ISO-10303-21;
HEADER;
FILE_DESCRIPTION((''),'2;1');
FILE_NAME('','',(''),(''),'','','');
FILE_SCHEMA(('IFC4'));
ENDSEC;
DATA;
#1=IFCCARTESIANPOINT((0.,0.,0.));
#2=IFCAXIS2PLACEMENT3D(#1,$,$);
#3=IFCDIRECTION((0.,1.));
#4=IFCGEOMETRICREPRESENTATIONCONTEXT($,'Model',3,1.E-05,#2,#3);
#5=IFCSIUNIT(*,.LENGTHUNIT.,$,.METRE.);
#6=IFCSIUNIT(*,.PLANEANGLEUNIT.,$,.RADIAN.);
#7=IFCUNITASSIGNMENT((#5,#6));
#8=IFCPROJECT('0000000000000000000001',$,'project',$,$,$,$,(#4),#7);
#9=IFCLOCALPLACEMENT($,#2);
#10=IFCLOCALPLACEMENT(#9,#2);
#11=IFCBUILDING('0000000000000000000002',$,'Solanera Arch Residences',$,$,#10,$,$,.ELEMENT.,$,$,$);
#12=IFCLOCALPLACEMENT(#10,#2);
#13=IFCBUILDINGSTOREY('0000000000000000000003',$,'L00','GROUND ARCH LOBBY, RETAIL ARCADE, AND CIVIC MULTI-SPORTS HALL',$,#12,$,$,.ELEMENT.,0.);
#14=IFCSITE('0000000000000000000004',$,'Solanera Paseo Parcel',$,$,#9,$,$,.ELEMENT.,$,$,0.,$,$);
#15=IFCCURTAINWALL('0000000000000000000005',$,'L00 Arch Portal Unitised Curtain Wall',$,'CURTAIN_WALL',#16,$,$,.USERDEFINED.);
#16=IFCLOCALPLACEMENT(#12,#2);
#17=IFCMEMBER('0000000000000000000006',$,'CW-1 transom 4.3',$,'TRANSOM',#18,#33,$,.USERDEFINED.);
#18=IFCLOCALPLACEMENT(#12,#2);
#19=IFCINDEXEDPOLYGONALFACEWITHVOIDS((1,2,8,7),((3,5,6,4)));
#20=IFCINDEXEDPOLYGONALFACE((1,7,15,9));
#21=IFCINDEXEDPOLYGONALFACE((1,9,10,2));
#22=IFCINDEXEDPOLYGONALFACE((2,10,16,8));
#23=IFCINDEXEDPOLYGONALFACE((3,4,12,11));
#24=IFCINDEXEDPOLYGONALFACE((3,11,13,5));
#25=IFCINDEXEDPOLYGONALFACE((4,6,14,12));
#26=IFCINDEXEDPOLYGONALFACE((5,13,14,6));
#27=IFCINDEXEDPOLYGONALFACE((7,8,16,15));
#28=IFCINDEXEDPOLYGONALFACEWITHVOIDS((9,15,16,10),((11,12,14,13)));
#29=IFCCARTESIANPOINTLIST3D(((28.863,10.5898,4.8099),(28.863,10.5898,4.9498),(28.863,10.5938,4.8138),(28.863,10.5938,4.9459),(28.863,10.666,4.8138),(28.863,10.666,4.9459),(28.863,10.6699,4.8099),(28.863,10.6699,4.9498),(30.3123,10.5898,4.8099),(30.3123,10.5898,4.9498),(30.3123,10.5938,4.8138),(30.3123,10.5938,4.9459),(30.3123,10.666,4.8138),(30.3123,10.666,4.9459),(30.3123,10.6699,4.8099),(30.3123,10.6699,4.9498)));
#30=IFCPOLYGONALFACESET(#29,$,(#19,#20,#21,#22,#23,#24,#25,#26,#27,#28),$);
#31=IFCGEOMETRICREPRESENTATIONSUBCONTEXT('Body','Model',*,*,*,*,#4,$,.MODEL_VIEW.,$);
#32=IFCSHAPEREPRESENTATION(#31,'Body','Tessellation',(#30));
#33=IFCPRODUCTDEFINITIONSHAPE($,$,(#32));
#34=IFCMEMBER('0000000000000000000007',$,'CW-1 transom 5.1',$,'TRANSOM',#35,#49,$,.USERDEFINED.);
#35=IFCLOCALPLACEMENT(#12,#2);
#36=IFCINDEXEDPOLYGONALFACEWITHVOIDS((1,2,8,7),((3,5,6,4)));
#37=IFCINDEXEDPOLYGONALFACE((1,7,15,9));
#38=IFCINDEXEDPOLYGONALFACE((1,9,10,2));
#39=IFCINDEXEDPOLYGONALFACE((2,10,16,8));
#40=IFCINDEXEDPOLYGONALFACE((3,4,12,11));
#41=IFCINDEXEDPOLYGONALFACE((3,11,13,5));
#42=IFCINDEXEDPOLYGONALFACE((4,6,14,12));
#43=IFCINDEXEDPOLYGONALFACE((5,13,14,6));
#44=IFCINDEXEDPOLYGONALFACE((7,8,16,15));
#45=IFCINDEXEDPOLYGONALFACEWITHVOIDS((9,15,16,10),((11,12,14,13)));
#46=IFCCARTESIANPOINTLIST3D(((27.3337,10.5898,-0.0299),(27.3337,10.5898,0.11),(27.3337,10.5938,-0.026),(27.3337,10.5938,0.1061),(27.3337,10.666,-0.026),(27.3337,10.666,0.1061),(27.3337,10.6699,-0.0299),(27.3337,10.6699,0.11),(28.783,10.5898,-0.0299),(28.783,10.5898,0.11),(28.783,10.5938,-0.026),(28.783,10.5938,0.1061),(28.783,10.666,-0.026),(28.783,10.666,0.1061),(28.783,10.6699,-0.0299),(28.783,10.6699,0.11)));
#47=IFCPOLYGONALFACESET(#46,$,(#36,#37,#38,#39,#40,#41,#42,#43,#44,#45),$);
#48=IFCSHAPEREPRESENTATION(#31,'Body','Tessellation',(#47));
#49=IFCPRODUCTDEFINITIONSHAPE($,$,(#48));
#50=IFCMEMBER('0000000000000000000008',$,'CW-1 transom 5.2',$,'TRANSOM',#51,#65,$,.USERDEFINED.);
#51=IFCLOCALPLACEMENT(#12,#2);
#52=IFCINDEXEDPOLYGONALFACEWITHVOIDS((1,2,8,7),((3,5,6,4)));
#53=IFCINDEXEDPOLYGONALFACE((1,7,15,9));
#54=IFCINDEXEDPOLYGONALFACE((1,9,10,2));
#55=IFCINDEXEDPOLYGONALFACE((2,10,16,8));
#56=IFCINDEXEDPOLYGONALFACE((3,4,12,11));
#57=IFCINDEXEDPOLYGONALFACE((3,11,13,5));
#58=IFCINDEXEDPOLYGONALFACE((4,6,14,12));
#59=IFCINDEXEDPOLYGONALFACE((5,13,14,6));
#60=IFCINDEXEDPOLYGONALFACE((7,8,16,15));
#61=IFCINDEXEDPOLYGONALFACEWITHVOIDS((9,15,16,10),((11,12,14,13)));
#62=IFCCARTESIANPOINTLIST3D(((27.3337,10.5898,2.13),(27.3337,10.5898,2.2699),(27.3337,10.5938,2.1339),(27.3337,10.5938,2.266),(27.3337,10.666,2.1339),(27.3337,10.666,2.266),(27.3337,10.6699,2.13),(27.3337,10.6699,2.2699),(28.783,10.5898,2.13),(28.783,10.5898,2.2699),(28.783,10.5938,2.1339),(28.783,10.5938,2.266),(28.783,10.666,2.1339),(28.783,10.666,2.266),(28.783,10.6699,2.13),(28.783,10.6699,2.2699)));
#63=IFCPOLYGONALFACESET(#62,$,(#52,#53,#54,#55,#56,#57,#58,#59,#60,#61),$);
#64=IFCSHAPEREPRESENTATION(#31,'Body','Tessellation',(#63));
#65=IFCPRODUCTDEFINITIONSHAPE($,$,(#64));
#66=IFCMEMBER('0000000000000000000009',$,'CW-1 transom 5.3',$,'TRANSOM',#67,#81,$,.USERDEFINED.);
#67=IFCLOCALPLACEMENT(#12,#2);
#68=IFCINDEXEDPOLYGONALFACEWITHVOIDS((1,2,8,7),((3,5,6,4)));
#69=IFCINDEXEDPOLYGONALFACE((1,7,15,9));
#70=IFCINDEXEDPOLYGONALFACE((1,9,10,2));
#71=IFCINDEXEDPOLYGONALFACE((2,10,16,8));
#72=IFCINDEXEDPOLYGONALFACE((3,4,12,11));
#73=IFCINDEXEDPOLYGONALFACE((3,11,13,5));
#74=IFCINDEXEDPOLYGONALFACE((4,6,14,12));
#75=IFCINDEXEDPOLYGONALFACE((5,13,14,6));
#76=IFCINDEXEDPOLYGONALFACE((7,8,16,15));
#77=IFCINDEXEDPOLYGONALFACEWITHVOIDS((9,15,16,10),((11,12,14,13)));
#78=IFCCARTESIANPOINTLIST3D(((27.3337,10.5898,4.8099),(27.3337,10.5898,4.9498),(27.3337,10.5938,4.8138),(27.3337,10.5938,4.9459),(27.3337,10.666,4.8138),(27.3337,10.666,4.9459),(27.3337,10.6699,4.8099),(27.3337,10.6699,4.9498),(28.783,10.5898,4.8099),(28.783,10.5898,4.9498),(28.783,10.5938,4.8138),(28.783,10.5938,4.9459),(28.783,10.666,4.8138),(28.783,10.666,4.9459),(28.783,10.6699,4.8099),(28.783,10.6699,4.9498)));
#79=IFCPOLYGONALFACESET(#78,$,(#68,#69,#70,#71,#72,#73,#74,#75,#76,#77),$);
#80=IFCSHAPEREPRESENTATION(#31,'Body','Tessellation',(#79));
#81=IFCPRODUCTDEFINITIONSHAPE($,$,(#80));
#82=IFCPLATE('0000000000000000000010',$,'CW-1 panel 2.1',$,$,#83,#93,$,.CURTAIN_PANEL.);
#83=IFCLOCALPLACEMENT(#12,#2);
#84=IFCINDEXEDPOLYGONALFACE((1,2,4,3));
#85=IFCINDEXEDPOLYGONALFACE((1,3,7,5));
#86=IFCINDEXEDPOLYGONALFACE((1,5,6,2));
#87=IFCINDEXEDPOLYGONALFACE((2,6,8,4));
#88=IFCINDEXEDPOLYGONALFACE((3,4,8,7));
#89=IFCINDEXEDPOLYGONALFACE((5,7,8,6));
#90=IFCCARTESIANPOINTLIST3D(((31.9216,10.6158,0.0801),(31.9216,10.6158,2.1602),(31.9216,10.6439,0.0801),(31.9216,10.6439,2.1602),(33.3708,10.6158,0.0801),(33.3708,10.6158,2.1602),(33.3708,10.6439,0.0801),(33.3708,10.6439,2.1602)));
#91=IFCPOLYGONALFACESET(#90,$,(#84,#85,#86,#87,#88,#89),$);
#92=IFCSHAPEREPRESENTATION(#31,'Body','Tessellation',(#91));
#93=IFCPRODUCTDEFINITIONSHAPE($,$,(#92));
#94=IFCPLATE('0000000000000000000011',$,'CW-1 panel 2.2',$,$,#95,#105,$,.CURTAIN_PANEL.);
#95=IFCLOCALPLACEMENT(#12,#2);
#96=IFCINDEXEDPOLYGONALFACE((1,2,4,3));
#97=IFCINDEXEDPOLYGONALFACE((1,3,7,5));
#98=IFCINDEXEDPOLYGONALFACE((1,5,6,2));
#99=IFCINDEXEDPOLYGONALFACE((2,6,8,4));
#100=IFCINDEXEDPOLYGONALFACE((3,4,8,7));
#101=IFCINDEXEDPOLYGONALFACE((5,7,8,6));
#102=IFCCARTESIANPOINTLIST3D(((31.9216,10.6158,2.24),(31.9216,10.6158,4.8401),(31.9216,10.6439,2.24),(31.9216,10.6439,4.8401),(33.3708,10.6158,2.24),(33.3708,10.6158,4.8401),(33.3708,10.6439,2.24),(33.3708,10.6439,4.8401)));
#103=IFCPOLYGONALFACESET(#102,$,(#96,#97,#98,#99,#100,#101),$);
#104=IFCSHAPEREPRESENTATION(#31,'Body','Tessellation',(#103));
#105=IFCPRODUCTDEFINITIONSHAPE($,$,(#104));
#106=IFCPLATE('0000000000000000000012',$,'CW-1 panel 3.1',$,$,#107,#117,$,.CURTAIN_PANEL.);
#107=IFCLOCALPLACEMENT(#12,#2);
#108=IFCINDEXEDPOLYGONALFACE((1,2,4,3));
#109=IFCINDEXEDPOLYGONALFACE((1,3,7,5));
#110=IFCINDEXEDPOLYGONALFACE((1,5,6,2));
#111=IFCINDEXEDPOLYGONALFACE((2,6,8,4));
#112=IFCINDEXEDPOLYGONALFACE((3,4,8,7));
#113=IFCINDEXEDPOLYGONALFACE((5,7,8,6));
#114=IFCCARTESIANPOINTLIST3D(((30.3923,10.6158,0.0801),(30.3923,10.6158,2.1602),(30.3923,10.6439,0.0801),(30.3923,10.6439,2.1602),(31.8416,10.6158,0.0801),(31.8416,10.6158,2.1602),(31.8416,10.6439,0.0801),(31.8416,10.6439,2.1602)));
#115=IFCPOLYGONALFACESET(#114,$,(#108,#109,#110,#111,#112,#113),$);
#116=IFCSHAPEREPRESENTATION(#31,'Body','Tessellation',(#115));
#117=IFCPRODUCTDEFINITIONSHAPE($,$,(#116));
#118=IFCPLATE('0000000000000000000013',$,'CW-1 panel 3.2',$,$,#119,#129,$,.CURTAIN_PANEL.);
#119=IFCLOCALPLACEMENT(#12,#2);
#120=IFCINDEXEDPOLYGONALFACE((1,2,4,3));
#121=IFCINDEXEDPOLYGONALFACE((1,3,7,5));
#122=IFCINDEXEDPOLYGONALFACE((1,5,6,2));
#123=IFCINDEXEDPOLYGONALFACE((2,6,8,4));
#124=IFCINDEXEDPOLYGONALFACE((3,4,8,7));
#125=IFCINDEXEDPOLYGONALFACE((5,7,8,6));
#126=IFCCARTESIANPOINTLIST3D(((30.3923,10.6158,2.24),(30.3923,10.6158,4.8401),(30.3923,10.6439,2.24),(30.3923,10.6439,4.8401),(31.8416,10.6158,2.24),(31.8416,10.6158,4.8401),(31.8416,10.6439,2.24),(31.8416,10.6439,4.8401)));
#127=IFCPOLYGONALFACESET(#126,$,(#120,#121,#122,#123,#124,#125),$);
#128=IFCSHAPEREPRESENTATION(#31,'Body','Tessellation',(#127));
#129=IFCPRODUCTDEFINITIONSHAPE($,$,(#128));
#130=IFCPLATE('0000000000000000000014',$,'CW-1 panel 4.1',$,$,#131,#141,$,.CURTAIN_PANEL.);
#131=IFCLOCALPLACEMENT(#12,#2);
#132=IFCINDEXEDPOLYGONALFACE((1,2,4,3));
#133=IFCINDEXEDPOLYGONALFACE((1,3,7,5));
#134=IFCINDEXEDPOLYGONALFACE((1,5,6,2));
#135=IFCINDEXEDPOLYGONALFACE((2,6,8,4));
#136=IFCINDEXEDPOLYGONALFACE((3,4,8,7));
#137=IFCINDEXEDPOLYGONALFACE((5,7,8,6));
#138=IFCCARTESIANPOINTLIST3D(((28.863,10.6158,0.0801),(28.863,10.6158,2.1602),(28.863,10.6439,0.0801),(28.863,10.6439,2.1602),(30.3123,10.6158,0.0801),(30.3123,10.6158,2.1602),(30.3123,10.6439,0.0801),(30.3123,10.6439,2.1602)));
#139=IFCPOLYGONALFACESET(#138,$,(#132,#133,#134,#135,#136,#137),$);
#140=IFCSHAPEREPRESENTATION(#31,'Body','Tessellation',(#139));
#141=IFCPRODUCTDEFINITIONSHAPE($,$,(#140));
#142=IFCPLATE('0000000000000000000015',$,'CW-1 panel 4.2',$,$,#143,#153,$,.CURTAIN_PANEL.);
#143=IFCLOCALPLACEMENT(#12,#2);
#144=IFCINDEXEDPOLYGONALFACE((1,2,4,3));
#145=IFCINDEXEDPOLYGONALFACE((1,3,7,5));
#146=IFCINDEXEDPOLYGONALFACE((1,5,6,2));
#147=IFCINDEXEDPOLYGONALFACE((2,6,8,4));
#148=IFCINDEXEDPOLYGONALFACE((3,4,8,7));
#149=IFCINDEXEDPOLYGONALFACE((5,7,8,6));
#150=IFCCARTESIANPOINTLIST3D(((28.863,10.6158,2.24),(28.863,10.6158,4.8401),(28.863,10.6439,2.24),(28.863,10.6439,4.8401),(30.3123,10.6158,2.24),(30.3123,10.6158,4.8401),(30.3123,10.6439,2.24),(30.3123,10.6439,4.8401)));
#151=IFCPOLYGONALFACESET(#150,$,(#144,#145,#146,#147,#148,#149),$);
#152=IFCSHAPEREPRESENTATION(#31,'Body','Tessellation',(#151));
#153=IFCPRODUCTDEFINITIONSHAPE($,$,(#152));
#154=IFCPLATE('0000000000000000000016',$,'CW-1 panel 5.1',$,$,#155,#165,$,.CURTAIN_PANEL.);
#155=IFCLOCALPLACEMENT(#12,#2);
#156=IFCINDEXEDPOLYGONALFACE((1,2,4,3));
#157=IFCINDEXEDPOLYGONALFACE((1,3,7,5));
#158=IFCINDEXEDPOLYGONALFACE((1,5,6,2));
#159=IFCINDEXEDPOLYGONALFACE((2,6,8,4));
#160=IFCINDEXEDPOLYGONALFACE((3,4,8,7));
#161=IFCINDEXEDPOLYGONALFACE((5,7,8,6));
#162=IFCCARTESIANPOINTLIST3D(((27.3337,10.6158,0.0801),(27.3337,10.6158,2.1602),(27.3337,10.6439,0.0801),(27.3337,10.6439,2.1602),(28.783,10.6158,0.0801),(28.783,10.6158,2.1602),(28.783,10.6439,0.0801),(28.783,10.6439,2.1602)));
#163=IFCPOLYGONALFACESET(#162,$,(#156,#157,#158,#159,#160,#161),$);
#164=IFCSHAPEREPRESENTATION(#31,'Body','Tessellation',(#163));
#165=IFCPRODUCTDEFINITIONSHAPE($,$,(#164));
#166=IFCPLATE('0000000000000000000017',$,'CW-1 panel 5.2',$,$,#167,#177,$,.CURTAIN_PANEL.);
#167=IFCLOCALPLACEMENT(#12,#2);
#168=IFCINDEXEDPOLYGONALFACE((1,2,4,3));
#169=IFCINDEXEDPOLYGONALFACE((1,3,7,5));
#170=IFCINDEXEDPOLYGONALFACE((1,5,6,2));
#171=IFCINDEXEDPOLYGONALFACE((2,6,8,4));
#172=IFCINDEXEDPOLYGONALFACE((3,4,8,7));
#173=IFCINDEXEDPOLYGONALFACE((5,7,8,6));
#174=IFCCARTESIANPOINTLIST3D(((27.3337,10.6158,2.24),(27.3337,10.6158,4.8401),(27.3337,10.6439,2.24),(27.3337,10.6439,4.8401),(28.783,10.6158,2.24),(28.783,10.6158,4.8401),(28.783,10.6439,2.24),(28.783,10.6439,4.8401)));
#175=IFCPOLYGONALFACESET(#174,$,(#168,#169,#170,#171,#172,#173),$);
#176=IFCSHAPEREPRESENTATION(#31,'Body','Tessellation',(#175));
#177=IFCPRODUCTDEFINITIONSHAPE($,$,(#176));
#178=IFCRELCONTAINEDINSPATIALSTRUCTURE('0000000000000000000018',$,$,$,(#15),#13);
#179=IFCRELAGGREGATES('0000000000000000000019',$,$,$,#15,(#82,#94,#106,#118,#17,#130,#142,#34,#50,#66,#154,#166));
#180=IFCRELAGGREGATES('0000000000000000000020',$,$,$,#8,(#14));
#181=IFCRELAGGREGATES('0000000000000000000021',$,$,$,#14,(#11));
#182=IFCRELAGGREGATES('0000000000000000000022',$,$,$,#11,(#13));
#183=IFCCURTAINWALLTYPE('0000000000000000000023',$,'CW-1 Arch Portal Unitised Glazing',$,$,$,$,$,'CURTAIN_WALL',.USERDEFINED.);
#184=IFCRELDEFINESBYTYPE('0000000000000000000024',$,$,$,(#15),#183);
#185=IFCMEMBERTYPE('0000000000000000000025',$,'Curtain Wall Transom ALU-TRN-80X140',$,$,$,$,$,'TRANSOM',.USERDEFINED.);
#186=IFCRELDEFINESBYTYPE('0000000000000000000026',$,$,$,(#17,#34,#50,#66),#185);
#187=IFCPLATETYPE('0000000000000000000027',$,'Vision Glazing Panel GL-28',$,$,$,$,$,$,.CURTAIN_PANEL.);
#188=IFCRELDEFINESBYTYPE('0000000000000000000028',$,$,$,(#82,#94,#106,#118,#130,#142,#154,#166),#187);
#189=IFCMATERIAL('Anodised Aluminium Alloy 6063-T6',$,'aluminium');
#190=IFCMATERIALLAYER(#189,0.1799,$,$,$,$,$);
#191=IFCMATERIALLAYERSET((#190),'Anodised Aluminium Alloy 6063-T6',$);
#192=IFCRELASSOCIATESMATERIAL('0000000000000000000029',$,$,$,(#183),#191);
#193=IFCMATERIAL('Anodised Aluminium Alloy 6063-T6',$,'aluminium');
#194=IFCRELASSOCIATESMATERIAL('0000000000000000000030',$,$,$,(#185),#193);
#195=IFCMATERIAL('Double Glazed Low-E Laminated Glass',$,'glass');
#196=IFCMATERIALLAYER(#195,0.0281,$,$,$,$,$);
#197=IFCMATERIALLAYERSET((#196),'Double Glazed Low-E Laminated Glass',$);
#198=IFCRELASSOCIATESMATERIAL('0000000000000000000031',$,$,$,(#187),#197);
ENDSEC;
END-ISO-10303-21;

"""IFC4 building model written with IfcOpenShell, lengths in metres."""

from ifc_helpers import new_model, si_unit, direction, frame, origin, origin_2d, place, context, subcontext, project, spatial, rectangle, hollow_rectangle, extrude, material, layer, layer_set, material_profile, profile_set, type_object, element, aggregate, save


model = new_model("IFC4")

# Units and contexts
model_context = context("Model", 3, precision=1e-05, world=origin(), true_north=direction((0.0, 1.0)))
body_context = subcontext(model_context, "Body", "Model", "MODEL_VIEW")
ifc_project = project(units=[si_unit("LENGTHUNIT", "METRE"), si_unit("PLANEANGLEUNIT", "RADIAN")], contexts=[model_context])

# Site, building, storey
site_placement = place(None, origin())
site = spatial("IfcSite", under=ifc_project, at=site_placement, Name="Solanera Paseo Parcel", CompositionType="ELEMENT", RefElevation=0.0)
building_placement = place(site_placement, origin())
building = spatial("IfcBuilding", under=site, at=building_placement, Name="Solanera Arch Residences", CompositionType="ELEMENT")
storey_placement = place(building_placement, origin())
storey = spatial("IfcBuildingStorey", under=building, at=storey_placement, Name="L00", Description="GROUND ARCH LOBBY, RETAIL ARCADE, AND CIVIC MULTI-SPORTS HALL", CompositionType="ELEMENT", Elevation=0.0)

# Curtain wall, members, plates
ifc_material_1 = material(Name="Anodised Aluminium Alloy 6063-T6", Category="aluminium")
ifc_layer_1 = layer(ifc_material_1, 0.1799)
ifc_layer_set_1 = layer_set([ifc_layer_1], Name="Anodised Aluminium Alloy 6063-T6")
curtain_wall_type = type_object("IfcCurtainWallType", Name="CW-1 Arch Portal Unitised Glazing", ElementType="CURTAIN_WALL", PredefinedType="USERDEFINED", material=ifc_layer_set_1)
curtain_wall_placement = place(storey_placement, origin())
curtain_wall = element("IfcCurtainWall", 1, at=curtain_wall_placement, inside=storey, type_object=curtain_wall_type, Name="L00 Arch Portal Unitised Curtain Wall", ObjectType="CURTAIN_WALL", PredefinedType="USERDEFINED")
ifc_material_2 = material(Name="Anodised Aluminium Alloy 6063-T6", Category="aluminium")
ifc_material_profile_1 = material_profile(ifc_material_2, hollow_rectangle(XDim=0.0801, YDim=0.1399, WallThickness=0.0039, at=origin_2d()))
ifc_profile_set_1 = profile_set([ifc_material_profile_1], Name="Anodised Aluminium Alloy 6063-T6")
member_type_1 = type_object("IfcMemberType", Name="Curtain Wall Transom ALU-TRN-80X140", ElementType="TRANSOM", PredefinedType="USERDEFINED", material=ifc_profile_set_1)
member_1_placement = place(storey_placement, frame((30.3123, 10.6299, 4.8799), z_axis=(-1.0, 0.0, 0.0), x_axis=(0.0, -1.0, 0.0)))
member_1 = element("IfcMember", 2, at=member_1_placement, type_object=member_type_1, Name="CW-1 transom 4.3", ObjectType="TRANSOM", PredefinedType="USERDEFINED", context=body_context, shape_type="SweptSolid", body=[
    extrude(hollow_rectangle(XDim=0.0801, YDim=0.1399, WallThickness=0.0039, at=origin_2d()), origin(), (0.0, 0.0, 1.0), 1.4492),
])
member_2_placement = place(storey_placement, frame((28.783, 10.6299, 0.04), z_axis=(-1.0, 0.0, 0.0), x_axis=(0.0, -1.0, 0.0)))
member_2 = element("IfcMember", 3, at=member_2_placement, type_object=member_type_1, Name="CW-1 transom 5.1", ObjectType="TRANSOM", PredefinedType="USERDEFINED", context=body_context, shape_type="SweptSolid", body=[
    extrude(hollow_rectangle(XDim=0.0801, YDim=0.1399, WallThickness=0.0039, at=origin_2d()), origin(), (0.0, 0.0, 1.0), 1.4492),
])
member_3_placement = place(storey_placement, frame((28.783, 10.6299, 2.2), z_axis=(-1.0, 0.0, 0.0), x_axis=(0.0, -1.0, 0.0)))
member_3 = element("IfcMember", 4, at=member_3_placement, type_object=member_type_1, Name="CW-1 transom 5.2", ObjectType="TRANSOM", PredefinedType="USERDEFINED", context=body_context, shape_type="SweptSolid", body=[
    extrude(hollow_rectangle(XDim=0.0801, YDim=0.1399, WallThickness=0.0039, at=origin_2d()), origin(), (0.0, 0.0, 1.0), 1.4492),
])
member_4_placement = place(storey_placement, frame((28.783, 10.6299, 4.8799), z_axis=(-1.0, 0.0, 0.0), x_axis=(0.0, -1.0, 0.0)))
member_4 = element("IfcMember", 5, at=member_4_placement, type_object=member_type_1, Name="CW-1 transom 5.3", ObjectType="TRANSOM", PredefinedType="USERDEFINED", context=body_context, shape_type="SweptSolid", body=[
    extrude(hollow_rectangle(XDim=0.0801, YDim=0.1399, WallThickness=0.0039, at=origin_2d()), origin(), (0.0, 0.0, 1.0), 1.4492),
])
ifc_material_3 = material(Name="Double Glazed Low-E Laminated Glass", Category="glass")
ifc_layer_2 = layer(ifc_material_3, 0.0281)
ifc_layer_set_2 = layer_set([ifc_layer_2], Name="Double Glazed Low-E Laminated Glass")
plate_type = type_object("IfcPlateType", Name="Vision Glazing Panel GL-28", PredefinedType="CURTAIN_PANEL", material=ifc_layer_set_2)
plate_1_placement = place(storey_placement, frame((32.6462, 10.6299, 0.0801), z_axis=(0.0, 0.0, 1.0), x_axis=(-1.0, 0.0, 0.0)))
plate_1 = element("IfcPlate", 6, at=plate_1_placement, type_object=plate_type, Name="CW-1 panel 2.1", PredefinedType="CURTAIN_PANEL", context=body_context, shape_type="SweptSolid", body=[
    extrude(rectangle(XDim=1.4492, YDim=0.0281, at=origin_2d()), origin(), (0.0, 0.0, 1.0), 2.0801),
])
plate_2_placement = place(storey_placement, frame((32.6462, 10.6299, 2.24), z_axis=(0.0, 0.0, 1.0), x_axis=(-1.0, 0.0, 0.0)))
plate_2 = element("IfcPlate", 7, at=plate_2_placement, type_object=plate_type, Name="CW-1 panel 2.2", PredefinedType="CURTAIN_PANEL", context=body_context, shape_type="SweptSolid", body=[
    extrude(rectangle(XDim=1.4492, YDim=0.0281, at=origin_2d()), origin(), (0.0, 0.0, 1.0), 2.6001),
])
plate_3_placement = place(storey_placement, frame((31.1169, 10.6299, 0.0801), z_axis=(0.0, 0.0, 1.0), x_axis=(-1.0, 0.0, 0.0)))
plate_3 = element("IfcPlate", 8, at=plate_3_placement, type_object=plate_type, Name="CW-1 panel 3.1", PredefinedType="CURTAIN_PANEL", context=body_context, shape_type="SweptSolid", body=[
    extrude(rectangle(XDim=1.4492, YDim=0.0281, at=origin_2d()), origin(), (0.0, 0.0, 1.0), 2.0801),
])
plate_4_placement = place(storey_placement, frame((31.1169, 10.6299, 2.24), z_axis=(0.0, 0.0, 1.0), x_axis=(-1.0, 0.0, 0.0)))
plate_4 = element("IfcPlate", 9, at=plate_4_placement, type_object=plate_type, Name="CW-1 panel 3.2", PredefinedType="CURTAIN_PANEL", context=body_context, shape_type="SweptSolid", body=[
    extrude(rectangle(XDim=1.4492, YDim=0.0281, at=origin_2d()), origin(), (0.0, 0.0, 1.0), 2.6001),
])
plate_5_placement = place(storey_placement, frame((29.5876, 10.6299, 0.0801), z_axis=(0.0, 0.0, 1.0), x_axis=(-1.0, 0.0, 0.0)))
plate_5 = element("IfcPlate", 10, at=plate_5_placement, type_object=plate_type, Name="CW-1 panel 4.1", PredefinedType="CURTAIN_PANEL", context=body_context, shape_type="SweptSolid", body=[
    extrude(rectangle(XDim=1.4492, YDim=0.0281, at=origin_2d()), origin(), (0.0, 0.0, 1.0), 2.0801),
])
plate_6_placement = place(storey_placement, frame((29.5876, 10.6299, 2.24), z_axis=(0.0, 0.0, 1.0), x_axis=(-1.0, 0.0, 0.0)))
plate_6 = element("IfcPlate", 11, at=plate_6_placement, type_object=plate_type, Name="CW-1 panel 4.2", PredefinedType="CURTAIN_PANEL", context=body_context, shape_type="SweptSolid", body=[
    extrude(rectangle(XDim=1.4492, YDim=0.0281, at=origin_2d()), origin(), (0.0, 0.0, 1.0), 2.6001),
])
plate_7_placement = place(storey_placement, frame((28.0583, 10.6299, 0.0801), z_axis=(0.0, 0.0, 1.0), x_axis=(-1.0, 0.0, 0.0)))
plate_7 = element("IfcPlate", 12, at=plate_7_placement, type_object=plate_type, Name="CW-1 panel 5.1", PredefinedType="CURTAIN_PANEL", context=body_context, shape_type="SweptSolid", body=[
    extrude(rectangle(XDim=1.4492, YDim=0.0281, at=origin_2d()), origin(), (0.0, 0.0, 1.0), 2.0801),
])
plate_8_placement = place(storey_placement, frame((28.0583, 10.6299, 2.24), z_axis=(0.0, 0.0, 1.0), x_axis=(-1.0, 0.0, 0.0)))
plate_8 = element("IfcPlate", 13, at=plate_8_placement, type_object=plate_type, Name="CW-1 panel 5.2", PredefinedType="CURTAIN_PANEL", context=body_context, shape_type="SweptSolid", body=[
    extrude(rectangle(XDim=1.4492, YDim=0.0281, at=origin_2d()), origin(), (0.0, 0.0, 1.0), 2.6001),
])
aggregate(curtain_wall, [plate_1, plate_2, plate_3, plate_4, member_1, plate_5, plate_6, member_2, member_3, member_4, plate_7, plate_8])

save(model, "model.ifc")
